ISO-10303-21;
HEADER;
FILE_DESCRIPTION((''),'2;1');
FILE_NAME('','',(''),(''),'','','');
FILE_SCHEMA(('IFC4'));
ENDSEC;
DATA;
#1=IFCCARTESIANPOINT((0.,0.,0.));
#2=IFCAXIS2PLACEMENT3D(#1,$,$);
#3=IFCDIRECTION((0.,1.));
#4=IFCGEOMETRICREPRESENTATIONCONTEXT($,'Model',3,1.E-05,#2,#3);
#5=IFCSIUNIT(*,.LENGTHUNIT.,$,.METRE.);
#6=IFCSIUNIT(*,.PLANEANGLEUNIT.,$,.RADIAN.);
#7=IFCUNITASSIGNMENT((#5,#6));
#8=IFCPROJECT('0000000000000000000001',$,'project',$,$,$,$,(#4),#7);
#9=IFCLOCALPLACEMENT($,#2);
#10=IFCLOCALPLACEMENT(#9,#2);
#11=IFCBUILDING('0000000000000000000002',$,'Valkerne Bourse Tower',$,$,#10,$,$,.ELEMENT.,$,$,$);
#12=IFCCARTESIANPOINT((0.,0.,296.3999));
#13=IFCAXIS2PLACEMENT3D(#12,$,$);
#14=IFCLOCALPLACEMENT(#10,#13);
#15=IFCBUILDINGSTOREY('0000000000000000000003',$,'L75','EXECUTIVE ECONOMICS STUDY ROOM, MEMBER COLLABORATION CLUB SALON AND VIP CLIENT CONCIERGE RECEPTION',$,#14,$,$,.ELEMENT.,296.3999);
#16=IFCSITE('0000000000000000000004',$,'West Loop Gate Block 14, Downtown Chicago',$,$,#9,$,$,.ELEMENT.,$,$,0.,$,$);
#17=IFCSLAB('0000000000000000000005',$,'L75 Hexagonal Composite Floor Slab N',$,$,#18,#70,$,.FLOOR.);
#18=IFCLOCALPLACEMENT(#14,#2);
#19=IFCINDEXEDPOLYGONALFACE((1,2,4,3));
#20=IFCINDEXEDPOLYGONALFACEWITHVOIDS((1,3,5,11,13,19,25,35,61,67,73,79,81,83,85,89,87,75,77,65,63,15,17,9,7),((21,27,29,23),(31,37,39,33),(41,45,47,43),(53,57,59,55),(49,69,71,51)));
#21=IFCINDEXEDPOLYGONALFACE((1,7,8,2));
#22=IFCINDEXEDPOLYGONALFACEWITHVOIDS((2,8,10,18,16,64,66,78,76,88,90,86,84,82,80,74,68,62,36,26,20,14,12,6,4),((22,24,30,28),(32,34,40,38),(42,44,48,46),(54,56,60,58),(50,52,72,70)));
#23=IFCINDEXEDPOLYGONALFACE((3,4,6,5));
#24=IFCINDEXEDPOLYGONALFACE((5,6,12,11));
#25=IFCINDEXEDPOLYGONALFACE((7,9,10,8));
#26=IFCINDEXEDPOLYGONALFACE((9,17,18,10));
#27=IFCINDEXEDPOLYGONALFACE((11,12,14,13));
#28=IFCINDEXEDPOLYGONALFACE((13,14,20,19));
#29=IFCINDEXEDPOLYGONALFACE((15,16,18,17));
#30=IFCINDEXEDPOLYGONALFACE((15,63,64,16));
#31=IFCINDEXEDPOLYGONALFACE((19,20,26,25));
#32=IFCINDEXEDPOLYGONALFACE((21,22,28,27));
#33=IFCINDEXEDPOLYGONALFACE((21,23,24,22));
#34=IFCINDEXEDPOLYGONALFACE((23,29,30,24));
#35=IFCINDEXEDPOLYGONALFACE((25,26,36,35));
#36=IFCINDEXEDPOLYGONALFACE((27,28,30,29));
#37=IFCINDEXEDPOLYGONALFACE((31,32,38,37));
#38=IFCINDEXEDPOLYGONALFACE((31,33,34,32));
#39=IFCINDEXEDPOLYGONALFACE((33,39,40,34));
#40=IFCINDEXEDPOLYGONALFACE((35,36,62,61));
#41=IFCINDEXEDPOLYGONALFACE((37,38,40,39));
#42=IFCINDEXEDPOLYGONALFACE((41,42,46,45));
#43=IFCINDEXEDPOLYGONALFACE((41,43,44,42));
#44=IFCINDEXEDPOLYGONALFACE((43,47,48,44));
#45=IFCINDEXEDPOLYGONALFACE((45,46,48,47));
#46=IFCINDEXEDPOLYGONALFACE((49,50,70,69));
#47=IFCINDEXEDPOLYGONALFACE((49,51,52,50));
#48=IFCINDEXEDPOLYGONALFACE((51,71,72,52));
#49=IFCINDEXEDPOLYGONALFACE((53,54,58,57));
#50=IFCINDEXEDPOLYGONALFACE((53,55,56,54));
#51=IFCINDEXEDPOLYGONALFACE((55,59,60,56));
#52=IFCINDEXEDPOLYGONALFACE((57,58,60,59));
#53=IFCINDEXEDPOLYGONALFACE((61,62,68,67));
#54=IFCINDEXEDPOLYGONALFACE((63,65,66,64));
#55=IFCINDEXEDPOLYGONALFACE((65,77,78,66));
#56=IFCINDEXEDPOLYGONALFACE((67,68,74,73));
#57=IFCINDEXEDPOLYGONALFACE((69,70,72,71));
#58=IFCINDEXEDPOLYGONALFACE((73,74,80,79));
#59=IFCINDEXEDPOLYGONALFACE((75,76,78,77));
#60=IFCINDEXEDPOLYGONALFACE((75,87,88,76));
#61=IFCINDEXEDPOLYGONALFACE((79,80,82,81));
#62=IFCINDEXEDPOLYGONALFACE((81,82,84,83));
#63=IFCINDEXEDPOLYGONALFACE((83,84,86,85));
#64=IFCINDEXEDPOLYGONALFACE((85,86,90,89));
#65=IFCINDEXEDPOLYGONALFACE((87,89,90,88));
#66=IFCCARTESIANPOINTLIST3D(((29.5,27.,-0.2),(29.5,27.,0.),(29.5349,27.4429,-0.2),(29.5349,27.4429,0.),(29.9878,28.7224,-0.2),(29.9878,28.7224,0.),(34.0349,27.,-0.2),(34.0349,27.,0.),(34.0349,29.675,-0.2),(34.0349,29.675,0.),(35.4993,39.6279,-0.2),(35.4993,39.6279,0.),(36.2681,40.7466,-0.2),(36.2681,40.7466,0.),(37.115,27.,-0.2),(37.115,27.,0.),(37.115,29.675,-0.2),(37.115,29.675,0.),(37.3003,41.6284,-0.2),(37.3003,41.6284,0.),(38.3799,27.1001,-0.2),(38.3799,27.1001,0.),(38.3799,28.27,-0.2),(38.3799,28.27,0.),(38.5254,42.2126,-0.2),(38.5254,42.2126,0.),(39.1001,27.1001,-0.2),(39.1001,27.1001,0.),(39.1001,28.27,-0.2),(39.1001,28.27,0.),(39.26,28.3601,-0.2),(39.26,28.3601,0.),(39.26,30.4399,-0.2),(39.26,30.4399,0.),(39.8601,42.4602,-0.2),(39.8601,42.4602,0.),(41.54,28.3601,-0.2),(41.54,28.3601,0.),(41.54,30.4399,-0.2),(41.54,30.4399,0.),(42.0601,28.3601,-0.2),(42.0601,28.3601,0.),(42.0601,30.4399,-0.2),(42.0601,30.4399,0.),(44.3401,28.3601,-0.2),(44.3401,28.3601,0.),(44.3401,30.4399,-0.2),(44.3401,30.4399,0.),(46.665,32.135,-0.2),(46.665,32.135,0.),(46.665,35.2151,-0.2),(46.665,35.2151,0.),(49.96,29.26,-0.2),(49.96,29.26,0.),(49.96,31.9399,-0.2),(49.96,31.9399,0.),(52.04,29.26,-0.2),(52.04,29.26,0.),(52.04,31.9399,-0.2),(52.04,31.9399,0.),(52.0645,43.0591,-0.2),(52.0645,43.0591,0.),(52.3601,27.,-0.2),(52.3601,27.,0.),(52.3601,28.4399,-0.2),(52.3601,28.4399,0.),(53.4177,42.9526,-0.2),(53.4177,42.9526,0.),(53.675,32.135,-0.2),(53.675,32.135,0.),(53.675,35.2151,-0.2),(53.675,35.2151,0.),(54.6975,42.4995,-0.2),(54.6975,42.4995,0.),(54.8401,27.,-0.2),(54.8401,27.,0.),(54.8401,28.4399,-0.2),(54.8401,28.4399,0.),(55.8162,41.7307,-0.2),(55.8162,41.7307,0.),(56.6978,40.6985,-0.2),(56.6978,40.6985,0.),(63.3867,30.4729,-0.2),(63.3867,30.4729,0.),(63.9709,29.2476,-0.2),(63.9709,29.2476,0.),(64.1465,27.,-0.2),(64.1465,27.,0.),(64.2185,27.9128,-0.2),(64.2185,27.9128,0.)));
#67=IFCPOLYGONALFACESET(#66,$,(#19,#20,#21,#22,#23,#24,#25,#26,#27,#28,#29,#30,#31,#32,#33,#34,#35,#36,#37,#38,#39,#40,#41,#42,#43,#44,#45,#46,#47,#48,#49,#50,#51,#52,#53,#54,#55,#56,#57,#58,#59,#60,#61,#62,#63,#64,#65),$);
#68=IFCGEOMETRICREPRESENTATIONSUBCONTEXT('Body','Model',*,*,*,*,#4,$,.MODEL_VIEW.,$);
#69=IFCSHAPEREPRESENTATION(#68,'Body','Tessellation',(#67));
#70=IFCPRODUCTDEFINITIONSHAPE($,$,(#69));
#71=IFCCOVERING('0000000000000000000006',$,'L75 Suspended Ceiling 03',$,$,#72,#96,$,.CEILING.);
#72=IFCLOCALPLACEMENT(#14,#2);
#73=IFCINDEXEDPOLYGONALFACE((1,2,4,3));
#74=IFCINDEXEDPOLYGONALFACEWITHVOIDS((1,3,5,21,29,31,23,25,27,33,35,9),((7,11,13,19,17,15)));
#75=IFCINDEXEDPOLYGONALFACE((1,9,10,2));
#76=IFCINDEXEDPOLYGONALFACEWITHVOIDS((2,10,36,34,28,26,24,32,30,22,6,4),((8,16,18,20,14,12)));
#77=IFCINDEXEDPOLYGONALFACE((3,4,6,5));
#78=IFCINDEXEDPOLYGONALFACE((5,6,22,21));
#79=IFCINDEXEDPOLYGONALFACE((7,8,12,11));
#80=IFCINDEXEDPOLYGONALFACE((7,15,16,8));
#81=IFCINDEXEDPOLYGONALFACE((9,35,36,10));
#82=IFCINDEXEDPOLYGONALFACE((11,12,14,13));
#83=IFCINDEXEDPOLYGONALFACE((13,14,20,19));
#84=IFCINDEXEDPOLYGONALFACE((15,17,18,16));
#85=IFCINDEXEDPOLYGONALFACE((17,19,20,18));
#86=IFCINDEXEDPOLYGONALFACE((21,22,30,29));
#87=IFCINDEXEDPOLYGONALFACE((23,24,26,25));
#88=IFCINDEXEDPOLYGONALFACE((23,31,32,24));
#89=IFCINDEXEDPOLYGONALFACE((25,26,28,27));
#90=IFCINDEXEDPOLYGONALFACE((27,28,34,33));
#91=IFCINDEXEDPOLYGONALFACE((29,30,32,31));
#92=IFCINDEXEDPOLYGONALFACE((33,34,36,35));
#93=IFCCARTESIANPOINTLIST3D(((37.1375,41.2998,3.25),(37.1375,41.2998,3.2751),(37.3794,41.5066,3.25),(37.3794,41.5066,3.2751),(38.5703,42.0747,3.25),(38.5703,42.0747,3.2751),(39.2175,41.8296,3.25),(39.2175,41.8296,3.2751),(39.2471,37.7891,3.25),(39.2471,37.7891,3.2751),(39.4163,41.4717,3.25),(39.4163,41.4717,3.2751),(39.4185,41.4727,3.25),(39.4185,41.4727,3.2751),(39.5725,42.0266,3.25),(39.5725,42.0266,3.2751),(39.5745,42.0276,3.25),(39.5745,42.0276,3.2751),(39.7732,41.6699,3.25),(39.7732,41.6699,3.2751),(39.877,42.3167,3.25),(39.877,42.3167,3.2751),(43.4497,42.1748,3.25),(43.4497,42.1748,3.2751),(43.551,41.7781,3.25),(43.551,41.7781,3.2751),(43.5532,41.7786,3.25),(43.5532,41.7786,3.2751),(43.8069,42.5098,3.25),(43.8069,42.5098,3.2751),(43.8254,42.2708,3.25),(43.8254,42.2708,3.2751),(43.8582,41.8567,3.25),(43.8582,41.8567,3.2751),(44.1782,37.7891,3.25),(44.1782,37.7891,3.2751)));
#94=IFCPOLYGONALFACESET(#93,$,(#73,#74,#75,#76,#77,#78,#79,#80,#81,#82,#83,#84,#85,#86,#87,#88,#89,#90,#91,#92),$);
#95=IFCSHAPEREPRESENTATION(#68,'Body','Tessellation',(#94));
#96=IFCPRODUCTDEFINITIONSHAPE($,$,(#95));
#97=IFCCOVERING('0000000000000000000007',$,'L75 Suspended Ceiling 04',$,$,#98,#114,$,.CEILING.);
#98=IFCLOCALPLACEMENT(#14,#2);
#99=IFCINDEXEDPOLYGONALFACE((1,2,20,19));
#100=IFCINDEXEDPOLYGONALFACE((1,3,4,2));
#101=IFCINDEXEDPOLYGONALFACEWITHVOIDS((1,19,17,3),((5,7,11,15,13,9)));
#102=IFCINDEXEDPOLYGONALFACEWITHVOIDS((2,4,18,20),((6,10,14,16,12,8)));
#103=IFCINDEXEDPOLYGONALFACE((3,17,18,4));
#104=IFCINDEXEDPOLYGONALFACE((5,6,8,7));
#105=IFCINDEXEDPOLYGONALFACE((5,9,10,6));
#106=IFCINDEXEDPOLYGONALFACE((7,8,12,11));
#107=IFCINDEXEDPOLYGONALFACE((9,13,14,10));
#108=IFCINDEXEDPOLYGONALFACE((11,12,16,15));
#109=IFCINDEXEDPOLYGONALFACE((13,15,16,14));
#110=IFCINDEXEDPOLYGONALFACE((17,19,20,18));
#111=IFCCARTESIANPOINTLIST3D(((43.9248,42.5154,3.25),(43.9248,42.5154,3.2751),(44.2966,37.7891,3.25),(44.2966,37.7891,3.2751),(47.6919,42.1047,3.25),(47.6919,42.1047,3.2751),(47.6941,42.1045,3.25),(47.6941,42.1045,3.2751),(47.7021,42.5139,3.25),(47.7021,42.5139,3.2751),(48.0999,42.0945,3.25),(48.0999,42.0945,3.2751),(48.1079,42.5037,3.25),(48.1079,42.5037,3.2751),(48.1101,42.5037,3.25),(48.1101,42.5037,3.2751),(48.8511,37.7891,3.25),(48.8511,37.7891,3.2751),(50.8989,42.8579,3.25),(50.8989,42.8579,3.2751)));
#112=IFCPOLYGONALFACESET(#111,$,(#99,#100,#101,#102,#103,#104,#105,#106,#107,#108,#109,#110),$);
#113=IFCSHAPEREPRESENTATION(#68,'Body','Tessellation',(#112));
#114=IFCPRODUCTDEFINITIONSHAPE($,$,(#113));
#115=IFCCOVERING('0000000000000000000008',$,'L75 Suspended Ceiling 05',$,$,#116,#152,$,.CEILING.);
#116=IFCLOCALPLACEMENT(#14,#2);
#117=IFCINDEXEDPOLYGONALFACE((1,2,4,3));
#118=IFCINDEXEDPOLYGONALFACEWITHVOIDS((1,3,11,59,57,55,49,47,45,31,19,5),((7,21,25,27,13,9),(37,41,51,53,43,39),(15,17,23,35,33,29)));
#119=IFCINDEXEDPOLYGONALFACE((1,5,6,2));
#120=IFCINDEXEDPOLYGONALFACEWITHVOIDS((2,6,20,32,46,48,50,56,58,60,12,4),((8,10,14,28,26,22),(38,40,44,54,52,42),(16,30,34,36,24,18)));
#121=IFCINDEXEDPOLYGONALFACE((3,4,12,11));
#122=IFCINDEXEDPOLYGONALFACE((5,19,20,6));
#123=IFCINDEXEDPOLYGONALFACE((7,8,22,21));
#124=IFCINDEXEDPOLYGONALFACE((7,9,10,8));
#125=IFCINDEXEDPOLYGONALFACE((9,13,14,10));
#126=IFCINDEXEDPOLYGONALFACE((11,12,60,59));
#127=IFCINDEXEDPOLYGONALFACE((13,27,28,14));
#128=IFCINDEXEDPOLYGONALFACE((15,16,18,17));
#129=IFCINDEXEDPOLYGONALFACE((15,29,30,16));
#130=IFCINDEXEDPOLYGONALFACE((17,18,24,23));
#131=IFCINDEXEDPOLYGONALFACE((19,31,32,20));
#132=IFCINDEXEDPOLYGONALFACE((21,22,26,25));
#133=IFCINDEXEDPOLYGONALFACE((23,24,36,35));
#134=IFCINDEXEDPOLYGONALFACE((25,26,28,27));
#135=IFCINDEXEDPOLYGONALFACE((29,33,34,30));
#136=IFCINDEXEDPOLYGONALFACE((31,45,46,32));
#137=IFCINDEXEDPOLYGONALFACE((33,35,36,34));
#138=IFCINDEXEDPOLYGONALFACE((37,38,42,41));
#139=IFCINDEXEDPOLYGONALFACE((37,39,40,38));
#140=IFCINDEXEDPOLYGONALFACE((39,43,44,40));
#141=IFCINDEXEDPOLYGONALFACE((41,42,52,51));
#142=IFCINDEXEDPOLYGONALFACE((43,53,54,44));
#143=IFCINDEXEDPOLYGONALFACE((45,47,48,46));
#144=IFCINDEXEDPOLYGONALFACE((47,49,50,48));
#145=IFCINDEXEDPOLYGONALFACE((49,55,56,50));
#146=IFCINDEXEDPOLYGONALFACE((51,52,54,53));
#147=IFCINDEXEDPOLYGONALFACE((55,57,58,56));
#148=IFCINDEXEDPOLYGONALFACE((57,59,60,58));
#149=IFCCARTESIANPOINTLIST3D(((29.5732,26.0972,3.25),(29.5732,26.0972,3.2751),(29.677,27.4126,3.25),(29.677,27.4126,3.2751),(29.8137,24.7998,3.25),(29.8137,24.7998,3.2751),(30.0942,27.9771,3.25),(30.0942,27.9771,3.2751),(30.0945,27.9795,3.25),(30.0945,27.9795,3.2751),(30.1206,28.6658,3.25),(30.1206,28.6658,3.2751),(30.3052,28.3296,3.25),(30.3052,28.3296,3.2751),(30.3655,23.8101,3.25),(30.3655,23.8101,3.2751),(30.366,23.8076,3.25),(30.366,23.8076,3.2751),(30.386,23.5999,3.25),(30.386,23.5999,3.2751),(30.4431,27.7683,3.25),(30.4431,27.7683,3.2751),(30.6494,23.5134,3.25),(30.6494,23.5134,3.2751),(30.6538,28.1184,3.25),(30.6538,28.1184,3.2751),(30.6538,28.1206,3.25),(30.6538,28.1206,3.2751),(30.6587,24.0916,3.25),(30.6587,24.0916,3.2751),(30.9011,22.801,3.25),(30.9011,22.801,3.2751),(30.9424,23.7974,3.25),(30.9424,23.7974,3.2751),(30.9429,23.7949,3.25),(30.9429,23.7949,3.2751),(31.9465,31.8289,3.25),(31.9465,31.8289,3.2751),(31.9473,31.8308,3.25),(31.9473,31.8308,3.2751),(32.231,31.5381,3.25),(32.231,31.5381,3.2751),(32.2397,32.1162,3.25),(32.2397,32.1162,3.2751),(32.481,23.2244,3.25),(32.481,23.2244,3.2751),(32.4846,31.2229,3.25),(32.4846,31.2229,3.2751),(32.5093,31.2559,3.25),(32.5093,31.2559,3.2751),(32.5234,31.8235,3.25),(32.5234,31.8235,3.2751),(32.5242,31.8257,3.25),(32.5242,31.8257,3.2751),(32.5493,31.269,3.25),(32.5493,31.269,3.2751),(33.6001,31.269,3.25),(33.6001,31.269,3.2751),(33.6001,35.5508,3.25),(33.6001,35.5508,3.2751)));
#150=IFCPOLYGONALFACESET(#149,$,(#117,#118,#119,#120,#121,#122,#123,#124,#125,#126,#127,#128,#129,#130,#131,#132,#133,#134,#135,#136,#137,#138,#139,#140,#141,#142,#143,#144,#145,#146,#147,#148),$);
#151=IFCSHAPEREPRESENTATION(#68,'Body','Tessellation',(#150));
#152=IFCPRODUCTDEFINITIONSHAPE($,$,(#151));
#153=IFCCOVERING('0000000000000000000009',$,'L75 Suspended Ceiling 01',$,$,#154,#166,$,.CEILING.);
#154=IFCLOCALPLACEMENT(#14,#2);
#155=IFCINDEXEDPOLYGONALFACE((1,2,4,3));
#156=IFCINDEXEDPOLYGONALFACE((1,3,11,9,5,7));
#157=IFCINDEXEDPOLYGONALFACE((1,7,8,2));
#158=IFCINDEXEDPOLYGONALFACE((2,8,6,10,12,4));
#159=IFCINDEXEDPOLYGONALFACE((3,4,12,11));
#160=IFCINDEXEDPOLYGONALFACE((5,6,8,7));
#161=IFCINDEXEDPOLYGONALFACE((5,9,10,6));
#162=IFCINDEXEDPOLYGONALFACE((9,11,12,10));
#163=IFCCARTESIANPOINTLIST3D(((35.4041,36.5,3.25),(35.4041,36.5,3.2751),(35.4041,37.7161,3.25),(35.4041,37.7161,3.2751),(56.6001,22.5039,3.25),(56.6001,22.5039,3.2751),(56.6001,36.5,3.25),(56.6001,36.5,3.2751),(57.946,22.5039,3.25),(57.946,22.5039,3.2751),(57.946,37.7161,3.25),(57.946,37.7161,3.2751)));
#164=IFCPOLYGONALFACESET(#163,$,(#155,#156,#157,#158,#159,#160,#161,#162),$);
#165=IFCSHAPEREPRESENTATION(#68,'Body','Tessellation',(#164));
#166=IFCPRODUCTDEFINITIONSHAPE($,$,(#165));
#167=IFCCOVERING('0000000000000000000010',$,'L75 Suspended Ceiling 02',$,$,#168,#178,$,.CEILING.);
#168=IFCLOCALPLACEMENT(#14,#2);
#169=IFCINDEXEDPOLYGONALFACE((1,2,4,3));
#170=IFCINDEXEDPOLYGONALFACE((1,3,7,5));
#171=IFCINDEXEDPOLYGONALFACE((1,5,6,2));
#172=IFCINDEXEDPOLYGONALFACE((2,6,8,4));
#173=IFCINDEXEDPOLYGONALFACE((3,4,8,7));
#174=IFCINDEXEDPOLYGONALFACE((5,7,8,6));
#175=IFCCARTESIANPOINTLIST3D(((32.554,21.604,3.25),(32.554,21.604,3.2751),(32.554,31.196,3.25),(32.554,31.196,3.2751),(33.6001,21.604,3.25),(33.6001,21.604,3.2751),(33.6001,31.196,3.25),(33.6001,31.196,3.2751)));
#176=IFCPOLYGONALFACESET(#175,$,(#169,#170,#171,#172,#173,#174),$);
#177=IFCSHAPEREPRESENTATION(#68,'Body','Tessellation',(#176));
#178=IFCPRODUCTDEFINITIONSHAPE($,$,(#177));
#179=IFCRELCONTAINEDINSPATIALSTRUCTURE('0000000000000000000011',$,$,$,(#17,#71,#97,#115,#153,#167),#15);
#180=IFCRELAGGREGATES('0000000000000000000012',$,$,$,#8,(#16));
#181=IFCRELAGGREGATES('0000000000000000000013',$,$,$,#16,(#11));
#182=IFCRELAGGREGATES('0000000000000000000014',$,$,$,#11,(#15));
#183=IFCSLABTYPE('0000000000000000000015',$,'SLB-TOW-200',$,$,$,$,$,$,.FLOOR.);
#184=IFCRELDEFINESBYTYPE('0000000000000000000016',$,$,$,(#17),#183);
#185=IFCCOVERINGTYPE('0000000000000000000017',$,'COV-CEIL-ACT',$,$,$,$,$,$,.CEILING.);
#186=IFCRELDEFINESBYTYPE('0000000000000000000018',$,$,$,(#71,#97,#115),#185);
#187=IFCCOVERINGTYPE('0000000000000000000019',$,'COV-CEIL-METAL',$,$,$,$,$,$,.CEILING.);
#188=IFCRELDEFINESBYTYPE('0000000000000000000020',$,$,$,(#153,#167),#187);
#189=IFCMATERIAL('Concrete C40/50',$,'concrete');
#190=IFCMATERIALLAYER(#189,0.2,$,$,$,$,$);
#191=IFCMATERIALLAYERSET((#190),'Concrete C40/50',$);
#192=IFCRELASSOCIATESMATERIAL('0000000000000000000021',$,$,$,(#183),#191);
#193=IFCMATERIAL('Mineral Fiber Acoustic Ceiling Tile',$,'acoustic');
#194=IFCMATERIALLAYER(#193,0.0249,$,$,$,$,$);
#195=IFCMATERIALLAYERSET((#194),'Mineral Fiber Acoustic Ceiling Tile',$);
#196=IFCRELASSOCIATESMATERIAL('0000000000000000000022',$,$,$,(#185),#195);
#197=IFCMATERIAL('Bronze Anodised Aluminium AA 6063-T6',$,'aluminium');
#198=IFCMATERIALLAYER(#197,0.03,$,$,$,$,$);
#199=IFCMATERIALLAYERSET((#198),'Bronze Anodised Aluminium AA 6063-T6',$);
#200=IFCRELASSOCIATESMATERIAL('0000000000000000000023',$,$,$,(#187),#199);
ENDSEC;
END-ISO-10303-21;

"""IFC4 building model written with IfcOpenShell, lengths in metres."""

from ifc_helpers import new_model, si_unit, direction, frame, origin, place, context, subcontext, project, spatial, polyline, outline, extrude, material, layer, layer_set, type_object, element, save


model = new_model("IFC4")

# Units and contexts
model_context = context("Model", 3, precision=1e-05, world=origin(), true_north=direction((0.0, 1.0)))
body_context = subcontext(model_context, "Body", "Model", "MODEL_VIEW")
ifc_project = project(units=[si_unit("LENGTHUNIT", "METRE"), si_unit("PLANEANGLEUNIT", "RADIAN")], contexts=[model_context])

# Site, building, storey
site_placement = place(None, origin())
site = spatial("IfcSite", under=ifc_project, at=site_placement, Name="West Loop Gate Block 14, Downtown Chicago", CompositionType="ELEMENT", RefElevation=0.0)
building_placement = place(site_placement, origin())
building = spatial("IfcBuilding", under=site, at=building_placement, Name="Valkerne Bourse Tower", CompositionType="ELEMENT")
storey_placement = place(building_placement, frame((0.0, 0.0, 296.3999)))
storey = spatial("IfcBuildingStorey", under=building, at=storey_placement, Name="L75", Description="EXECUTIVE ECONOMICS STUDY ROOM, MEMBER COLLABORATION CLUB SALON AND VIP CLIENT CONCIERGE RECEPTION", CompositionType="ELEMENT", Elevation=296.3999)

# Shared definitions
ifc_material_1 = material(Name="Concrete C40/50", Category="concrete")

# Slab
ifc_layer_1 = layer(ifc_material_1, 0.2)
ifc_layer_set_1 = layer_set([ifc_layer_1], Name="Concrete C40/50")
slab_type_1 = type_object("IfcSlabType", Name="SLB-TOW-200", PredefinedType="FLOOR", material=ifc_layer_set_1)
slab_1_placement = place(storey_placement, frame((0.0, 0.0, -0.2)))
element("IfcSlab", 1, at=slab_1_placement, inside=storey, type_object=slab_type_1, Name="L75 Hexagonal Composite Floor Slab N", PredefinedType="FLOOR", context=body_context, shape_type="SweptSolid", body=[
    extrude(outline(polyline([(63.9709, 29.2476), (64.2185, 27.9128), (64.1465, 27.0), (54.8401, 27.0), (54.8401, 28.4399), (52.3601, 28.4399), (52.3601, 27.0), (37.115, 27.0), (37.115, 29.675), (34.0349, 29.675), (34.0349, 27.0), (29.5, 27.0), (29.5349, 27.4429), (29.9878, 28.7224), (35.4993, 39.6279), (36.2681, 40.7466), (37.3003, 41.6284), (38.5254, 42.2126), (39.8601, 42.4602), (52.0645, 43.0591), (53.4177, 42.9526), (54.6975, 42.4995), (55.8162, 41.7307), (56.6978, 40.6985), (63.3867, 30.4729), (63.9709, 29.2476)]), holes=[polyline([(39.1001, 28.27), (38.3799, 28.27), (38.3799, 27.1001), (39.1001, 27.1001), (39.1001, 28.27)]), polyline([(41.54, 30.4399), (39.26, 30.4399), (39.26, 28.3601), (41.54, 28.3601), (41.54, 30.4399)]), polyline([(42.0601, 30.4399), (42.0601, 28.3601), (44.3401, 28.3601), (44.3401, 30.4399), (42.0601, 30.4399)]), polyline([(52.04, 31.9399), (49.96, 31.9399), (49.96, 29.26), (52.04, 29.26), (52.04, 31.9399)]), polyline([(53.675, 35.2151), (46.665, 35.2151), (46.665, 32.135), (53.675, 32.135), (53.675, 35.2151)])]), origin(), (0.0, 0.0, 1.0), 0.2),
])

# Coverings
ifc_material_2 = material(Name="Mineral Fiber Acoustic Ceiling Tile", Category="acoustic")
ifc_layer_2 = layer(ifc_material_2, 0.0249)
ifc_layer_set_2 = layer_set([ifc_layer_2], Name="Mineral Fiber Acoustic Ceiling Tile")
covering_type_1 = type_object("IfcCoveringType", Name="COV-CEIL-ACT", PredefinedType="CEILING", material=ifc_layer_set_2)
covering_1_placement = place(storey_placement, frame((0.0, 0.0, 3.25)))
element("IfcCovering", 2, at=covering_1_placement, inside=storey, type_object=covering_type_1, Name="L75 Suspended Ceiling 03", PredefinedType="CEILING", context=body_context, shape_type="SweptSolid", body=[
    extrude(outline(polyline([(39.877, 42.3167), (43.8069, 42.5098), (43.8254, 42.2708), (43.4497, 42.1748), (43.551, 41.7781), (43.5532, 41.7786), (43.8582, 41.8567), (44.1782, 37.7891), (39.2471, 37.7891), (37.1375, 41.2998), (37.3794, 41.5066), (38.5703, 42.0747), (39.877, 42.3167)]), holes=[polyline([(39.4185, 41.4727), (39.7732, 41.6699), (39.5745, 42.0276), (39.5725, 42.0266), (39.2175, 41.8296), (39.4163, 41.4717), (39.4185, 41.4727)])]), origin(), (0.0, 0.0, 1.0), 0.0251),
])
covering_2_placement = place(storey_placement, frame((0.0, 0.0, 3.25)))
element("IfcCovering", 3, at=covering_2_placement, inside=storey, type_object=covering_type_1, Name="L75 Suspended Ceiling 04", PredefinedType="CEILING", context=body_context, shape_type="SweptSolid", body=[
    extrude(outline(polyline([(44.2966, 37.7891), (43.9248, 42.5154), (50.8989, 42.8579), (48.8511, 37.7891), (44.2966, 37.7891)]), holes=[polyline([(48.1079, 42.5037), (47.7021, 42.5139), (47.6919, 42.1047), (47.6941, 42.1045), (48.0999, 42.0945), (48.1101, 42.5037), (48.1079, 42.5037)])]), origin(), (0.0, 0.0, 1.0), 0.0251),
])
covering_3_placement = place(storey_placement, frame((0.0, 0.0, 3.25)))
element("IfcCovering", 4, at=covering_3_placement, inside=storey, type_object=covering_type_1, Name="L75 Suspended Ceiling 05", PredefinedType="CEILING", context=body_context, shape_type="SweptSolid", body=[
    extrude(outline(polyline([(29.5732, 26.0972), (29.677, 27.4126), (30.1206, 28.6658), (33.6001, 35.5508), (33.6001, 31.269), (32.5493, 31.269), (32.5093, 31.2559), (32.4846, 31.2229), (32.481, 23.2244), (30.9011, 22.801), (30.386, 23.5999), (29.8137, 24.7998), (29.5732, 26.0972)]), holes=[polyline([(30.9424, 23.7974), (30.6587, 24.0916), (30.3655, 23.8101), (30.366, 23.8076), (30.6494, 23.5134), (30.9429, 23.7949), (30.9424, 23.7974)]), polyline([(30.6538, 28.1206), (30.3052, 28.3296), (30.0945, 27.9795), (30.0942, 27.9771), (30.4431, 27.7683), (30.6538, 28.1184), (30.6538, 28.1206)]), polyline([(32.5242, 31.8257), (32.2397, 32.1162), (31.9473, 31.8308), (31.9465, 31.8289), (32.231, 31.5381), (32.5234, 31.8235), (32.5242, 31.8257)])]), origin(), (0.0, 0.0, 1.0), 0.0251),
])
ifc_material_3 = material(Name="Bronze Anodised Aluminium AA 6063-T6", Category="aluminium")
ifc_layer_3 = layer(ifc_material_3, 0.03)
ifc_layer_set_3 = layer_set([ifc_layer_3], Name="Bronze Anodised Aluminium AA 6063-T6")
covering_type_2 = type_object("IfcCoveringType", Name="COV-CEIL-METAL", PredefinedType="CEILING", material=ifc_layer_set_3)
covering_4_placement = place(storey_placement, frame((0.0, 0.0, 3.25)))
element("IfcCovering", 5, at=covering_4_placement, inside=storey, type_object=covering_type_2, Name="L75 Suspended Ceiling 01", PredefinedType="CEILING", context=body_context, shape_type="SweptSolid", body=[
    extrude(outline(polyline([(35.4041, 37.7161), (57.946, 37.7161), (57.946, 22.5039), (56.6001, 22.5039), (56.6001, 36.5), (35.4041, 36.5), (35.4041, 37.7161)])), origin(), (0.0, 0.0, 1.0), 0.0251),
])
covering_5_placement = place(storey_placement, frame((0.0, 0.0, 3.25)))
element("IfcCovering", 6, at=covering_5_placement, inside=storey, type_object=covering_type_2, Name="L75 Suspended Ceiling 02", PredefinedType="CEILING", context=body_context, shape_type="SweptSolid", body=[
    extrude(outline(polyline([(32.554, 21.604), (32.554, 31.196), (33.6001, 31.196), (33.6001, 21.604), (32.554, 21.604)])), origin(), (0.0, 0.0, 1.0), 0.0251),
])

save(model, "model.ifc")
